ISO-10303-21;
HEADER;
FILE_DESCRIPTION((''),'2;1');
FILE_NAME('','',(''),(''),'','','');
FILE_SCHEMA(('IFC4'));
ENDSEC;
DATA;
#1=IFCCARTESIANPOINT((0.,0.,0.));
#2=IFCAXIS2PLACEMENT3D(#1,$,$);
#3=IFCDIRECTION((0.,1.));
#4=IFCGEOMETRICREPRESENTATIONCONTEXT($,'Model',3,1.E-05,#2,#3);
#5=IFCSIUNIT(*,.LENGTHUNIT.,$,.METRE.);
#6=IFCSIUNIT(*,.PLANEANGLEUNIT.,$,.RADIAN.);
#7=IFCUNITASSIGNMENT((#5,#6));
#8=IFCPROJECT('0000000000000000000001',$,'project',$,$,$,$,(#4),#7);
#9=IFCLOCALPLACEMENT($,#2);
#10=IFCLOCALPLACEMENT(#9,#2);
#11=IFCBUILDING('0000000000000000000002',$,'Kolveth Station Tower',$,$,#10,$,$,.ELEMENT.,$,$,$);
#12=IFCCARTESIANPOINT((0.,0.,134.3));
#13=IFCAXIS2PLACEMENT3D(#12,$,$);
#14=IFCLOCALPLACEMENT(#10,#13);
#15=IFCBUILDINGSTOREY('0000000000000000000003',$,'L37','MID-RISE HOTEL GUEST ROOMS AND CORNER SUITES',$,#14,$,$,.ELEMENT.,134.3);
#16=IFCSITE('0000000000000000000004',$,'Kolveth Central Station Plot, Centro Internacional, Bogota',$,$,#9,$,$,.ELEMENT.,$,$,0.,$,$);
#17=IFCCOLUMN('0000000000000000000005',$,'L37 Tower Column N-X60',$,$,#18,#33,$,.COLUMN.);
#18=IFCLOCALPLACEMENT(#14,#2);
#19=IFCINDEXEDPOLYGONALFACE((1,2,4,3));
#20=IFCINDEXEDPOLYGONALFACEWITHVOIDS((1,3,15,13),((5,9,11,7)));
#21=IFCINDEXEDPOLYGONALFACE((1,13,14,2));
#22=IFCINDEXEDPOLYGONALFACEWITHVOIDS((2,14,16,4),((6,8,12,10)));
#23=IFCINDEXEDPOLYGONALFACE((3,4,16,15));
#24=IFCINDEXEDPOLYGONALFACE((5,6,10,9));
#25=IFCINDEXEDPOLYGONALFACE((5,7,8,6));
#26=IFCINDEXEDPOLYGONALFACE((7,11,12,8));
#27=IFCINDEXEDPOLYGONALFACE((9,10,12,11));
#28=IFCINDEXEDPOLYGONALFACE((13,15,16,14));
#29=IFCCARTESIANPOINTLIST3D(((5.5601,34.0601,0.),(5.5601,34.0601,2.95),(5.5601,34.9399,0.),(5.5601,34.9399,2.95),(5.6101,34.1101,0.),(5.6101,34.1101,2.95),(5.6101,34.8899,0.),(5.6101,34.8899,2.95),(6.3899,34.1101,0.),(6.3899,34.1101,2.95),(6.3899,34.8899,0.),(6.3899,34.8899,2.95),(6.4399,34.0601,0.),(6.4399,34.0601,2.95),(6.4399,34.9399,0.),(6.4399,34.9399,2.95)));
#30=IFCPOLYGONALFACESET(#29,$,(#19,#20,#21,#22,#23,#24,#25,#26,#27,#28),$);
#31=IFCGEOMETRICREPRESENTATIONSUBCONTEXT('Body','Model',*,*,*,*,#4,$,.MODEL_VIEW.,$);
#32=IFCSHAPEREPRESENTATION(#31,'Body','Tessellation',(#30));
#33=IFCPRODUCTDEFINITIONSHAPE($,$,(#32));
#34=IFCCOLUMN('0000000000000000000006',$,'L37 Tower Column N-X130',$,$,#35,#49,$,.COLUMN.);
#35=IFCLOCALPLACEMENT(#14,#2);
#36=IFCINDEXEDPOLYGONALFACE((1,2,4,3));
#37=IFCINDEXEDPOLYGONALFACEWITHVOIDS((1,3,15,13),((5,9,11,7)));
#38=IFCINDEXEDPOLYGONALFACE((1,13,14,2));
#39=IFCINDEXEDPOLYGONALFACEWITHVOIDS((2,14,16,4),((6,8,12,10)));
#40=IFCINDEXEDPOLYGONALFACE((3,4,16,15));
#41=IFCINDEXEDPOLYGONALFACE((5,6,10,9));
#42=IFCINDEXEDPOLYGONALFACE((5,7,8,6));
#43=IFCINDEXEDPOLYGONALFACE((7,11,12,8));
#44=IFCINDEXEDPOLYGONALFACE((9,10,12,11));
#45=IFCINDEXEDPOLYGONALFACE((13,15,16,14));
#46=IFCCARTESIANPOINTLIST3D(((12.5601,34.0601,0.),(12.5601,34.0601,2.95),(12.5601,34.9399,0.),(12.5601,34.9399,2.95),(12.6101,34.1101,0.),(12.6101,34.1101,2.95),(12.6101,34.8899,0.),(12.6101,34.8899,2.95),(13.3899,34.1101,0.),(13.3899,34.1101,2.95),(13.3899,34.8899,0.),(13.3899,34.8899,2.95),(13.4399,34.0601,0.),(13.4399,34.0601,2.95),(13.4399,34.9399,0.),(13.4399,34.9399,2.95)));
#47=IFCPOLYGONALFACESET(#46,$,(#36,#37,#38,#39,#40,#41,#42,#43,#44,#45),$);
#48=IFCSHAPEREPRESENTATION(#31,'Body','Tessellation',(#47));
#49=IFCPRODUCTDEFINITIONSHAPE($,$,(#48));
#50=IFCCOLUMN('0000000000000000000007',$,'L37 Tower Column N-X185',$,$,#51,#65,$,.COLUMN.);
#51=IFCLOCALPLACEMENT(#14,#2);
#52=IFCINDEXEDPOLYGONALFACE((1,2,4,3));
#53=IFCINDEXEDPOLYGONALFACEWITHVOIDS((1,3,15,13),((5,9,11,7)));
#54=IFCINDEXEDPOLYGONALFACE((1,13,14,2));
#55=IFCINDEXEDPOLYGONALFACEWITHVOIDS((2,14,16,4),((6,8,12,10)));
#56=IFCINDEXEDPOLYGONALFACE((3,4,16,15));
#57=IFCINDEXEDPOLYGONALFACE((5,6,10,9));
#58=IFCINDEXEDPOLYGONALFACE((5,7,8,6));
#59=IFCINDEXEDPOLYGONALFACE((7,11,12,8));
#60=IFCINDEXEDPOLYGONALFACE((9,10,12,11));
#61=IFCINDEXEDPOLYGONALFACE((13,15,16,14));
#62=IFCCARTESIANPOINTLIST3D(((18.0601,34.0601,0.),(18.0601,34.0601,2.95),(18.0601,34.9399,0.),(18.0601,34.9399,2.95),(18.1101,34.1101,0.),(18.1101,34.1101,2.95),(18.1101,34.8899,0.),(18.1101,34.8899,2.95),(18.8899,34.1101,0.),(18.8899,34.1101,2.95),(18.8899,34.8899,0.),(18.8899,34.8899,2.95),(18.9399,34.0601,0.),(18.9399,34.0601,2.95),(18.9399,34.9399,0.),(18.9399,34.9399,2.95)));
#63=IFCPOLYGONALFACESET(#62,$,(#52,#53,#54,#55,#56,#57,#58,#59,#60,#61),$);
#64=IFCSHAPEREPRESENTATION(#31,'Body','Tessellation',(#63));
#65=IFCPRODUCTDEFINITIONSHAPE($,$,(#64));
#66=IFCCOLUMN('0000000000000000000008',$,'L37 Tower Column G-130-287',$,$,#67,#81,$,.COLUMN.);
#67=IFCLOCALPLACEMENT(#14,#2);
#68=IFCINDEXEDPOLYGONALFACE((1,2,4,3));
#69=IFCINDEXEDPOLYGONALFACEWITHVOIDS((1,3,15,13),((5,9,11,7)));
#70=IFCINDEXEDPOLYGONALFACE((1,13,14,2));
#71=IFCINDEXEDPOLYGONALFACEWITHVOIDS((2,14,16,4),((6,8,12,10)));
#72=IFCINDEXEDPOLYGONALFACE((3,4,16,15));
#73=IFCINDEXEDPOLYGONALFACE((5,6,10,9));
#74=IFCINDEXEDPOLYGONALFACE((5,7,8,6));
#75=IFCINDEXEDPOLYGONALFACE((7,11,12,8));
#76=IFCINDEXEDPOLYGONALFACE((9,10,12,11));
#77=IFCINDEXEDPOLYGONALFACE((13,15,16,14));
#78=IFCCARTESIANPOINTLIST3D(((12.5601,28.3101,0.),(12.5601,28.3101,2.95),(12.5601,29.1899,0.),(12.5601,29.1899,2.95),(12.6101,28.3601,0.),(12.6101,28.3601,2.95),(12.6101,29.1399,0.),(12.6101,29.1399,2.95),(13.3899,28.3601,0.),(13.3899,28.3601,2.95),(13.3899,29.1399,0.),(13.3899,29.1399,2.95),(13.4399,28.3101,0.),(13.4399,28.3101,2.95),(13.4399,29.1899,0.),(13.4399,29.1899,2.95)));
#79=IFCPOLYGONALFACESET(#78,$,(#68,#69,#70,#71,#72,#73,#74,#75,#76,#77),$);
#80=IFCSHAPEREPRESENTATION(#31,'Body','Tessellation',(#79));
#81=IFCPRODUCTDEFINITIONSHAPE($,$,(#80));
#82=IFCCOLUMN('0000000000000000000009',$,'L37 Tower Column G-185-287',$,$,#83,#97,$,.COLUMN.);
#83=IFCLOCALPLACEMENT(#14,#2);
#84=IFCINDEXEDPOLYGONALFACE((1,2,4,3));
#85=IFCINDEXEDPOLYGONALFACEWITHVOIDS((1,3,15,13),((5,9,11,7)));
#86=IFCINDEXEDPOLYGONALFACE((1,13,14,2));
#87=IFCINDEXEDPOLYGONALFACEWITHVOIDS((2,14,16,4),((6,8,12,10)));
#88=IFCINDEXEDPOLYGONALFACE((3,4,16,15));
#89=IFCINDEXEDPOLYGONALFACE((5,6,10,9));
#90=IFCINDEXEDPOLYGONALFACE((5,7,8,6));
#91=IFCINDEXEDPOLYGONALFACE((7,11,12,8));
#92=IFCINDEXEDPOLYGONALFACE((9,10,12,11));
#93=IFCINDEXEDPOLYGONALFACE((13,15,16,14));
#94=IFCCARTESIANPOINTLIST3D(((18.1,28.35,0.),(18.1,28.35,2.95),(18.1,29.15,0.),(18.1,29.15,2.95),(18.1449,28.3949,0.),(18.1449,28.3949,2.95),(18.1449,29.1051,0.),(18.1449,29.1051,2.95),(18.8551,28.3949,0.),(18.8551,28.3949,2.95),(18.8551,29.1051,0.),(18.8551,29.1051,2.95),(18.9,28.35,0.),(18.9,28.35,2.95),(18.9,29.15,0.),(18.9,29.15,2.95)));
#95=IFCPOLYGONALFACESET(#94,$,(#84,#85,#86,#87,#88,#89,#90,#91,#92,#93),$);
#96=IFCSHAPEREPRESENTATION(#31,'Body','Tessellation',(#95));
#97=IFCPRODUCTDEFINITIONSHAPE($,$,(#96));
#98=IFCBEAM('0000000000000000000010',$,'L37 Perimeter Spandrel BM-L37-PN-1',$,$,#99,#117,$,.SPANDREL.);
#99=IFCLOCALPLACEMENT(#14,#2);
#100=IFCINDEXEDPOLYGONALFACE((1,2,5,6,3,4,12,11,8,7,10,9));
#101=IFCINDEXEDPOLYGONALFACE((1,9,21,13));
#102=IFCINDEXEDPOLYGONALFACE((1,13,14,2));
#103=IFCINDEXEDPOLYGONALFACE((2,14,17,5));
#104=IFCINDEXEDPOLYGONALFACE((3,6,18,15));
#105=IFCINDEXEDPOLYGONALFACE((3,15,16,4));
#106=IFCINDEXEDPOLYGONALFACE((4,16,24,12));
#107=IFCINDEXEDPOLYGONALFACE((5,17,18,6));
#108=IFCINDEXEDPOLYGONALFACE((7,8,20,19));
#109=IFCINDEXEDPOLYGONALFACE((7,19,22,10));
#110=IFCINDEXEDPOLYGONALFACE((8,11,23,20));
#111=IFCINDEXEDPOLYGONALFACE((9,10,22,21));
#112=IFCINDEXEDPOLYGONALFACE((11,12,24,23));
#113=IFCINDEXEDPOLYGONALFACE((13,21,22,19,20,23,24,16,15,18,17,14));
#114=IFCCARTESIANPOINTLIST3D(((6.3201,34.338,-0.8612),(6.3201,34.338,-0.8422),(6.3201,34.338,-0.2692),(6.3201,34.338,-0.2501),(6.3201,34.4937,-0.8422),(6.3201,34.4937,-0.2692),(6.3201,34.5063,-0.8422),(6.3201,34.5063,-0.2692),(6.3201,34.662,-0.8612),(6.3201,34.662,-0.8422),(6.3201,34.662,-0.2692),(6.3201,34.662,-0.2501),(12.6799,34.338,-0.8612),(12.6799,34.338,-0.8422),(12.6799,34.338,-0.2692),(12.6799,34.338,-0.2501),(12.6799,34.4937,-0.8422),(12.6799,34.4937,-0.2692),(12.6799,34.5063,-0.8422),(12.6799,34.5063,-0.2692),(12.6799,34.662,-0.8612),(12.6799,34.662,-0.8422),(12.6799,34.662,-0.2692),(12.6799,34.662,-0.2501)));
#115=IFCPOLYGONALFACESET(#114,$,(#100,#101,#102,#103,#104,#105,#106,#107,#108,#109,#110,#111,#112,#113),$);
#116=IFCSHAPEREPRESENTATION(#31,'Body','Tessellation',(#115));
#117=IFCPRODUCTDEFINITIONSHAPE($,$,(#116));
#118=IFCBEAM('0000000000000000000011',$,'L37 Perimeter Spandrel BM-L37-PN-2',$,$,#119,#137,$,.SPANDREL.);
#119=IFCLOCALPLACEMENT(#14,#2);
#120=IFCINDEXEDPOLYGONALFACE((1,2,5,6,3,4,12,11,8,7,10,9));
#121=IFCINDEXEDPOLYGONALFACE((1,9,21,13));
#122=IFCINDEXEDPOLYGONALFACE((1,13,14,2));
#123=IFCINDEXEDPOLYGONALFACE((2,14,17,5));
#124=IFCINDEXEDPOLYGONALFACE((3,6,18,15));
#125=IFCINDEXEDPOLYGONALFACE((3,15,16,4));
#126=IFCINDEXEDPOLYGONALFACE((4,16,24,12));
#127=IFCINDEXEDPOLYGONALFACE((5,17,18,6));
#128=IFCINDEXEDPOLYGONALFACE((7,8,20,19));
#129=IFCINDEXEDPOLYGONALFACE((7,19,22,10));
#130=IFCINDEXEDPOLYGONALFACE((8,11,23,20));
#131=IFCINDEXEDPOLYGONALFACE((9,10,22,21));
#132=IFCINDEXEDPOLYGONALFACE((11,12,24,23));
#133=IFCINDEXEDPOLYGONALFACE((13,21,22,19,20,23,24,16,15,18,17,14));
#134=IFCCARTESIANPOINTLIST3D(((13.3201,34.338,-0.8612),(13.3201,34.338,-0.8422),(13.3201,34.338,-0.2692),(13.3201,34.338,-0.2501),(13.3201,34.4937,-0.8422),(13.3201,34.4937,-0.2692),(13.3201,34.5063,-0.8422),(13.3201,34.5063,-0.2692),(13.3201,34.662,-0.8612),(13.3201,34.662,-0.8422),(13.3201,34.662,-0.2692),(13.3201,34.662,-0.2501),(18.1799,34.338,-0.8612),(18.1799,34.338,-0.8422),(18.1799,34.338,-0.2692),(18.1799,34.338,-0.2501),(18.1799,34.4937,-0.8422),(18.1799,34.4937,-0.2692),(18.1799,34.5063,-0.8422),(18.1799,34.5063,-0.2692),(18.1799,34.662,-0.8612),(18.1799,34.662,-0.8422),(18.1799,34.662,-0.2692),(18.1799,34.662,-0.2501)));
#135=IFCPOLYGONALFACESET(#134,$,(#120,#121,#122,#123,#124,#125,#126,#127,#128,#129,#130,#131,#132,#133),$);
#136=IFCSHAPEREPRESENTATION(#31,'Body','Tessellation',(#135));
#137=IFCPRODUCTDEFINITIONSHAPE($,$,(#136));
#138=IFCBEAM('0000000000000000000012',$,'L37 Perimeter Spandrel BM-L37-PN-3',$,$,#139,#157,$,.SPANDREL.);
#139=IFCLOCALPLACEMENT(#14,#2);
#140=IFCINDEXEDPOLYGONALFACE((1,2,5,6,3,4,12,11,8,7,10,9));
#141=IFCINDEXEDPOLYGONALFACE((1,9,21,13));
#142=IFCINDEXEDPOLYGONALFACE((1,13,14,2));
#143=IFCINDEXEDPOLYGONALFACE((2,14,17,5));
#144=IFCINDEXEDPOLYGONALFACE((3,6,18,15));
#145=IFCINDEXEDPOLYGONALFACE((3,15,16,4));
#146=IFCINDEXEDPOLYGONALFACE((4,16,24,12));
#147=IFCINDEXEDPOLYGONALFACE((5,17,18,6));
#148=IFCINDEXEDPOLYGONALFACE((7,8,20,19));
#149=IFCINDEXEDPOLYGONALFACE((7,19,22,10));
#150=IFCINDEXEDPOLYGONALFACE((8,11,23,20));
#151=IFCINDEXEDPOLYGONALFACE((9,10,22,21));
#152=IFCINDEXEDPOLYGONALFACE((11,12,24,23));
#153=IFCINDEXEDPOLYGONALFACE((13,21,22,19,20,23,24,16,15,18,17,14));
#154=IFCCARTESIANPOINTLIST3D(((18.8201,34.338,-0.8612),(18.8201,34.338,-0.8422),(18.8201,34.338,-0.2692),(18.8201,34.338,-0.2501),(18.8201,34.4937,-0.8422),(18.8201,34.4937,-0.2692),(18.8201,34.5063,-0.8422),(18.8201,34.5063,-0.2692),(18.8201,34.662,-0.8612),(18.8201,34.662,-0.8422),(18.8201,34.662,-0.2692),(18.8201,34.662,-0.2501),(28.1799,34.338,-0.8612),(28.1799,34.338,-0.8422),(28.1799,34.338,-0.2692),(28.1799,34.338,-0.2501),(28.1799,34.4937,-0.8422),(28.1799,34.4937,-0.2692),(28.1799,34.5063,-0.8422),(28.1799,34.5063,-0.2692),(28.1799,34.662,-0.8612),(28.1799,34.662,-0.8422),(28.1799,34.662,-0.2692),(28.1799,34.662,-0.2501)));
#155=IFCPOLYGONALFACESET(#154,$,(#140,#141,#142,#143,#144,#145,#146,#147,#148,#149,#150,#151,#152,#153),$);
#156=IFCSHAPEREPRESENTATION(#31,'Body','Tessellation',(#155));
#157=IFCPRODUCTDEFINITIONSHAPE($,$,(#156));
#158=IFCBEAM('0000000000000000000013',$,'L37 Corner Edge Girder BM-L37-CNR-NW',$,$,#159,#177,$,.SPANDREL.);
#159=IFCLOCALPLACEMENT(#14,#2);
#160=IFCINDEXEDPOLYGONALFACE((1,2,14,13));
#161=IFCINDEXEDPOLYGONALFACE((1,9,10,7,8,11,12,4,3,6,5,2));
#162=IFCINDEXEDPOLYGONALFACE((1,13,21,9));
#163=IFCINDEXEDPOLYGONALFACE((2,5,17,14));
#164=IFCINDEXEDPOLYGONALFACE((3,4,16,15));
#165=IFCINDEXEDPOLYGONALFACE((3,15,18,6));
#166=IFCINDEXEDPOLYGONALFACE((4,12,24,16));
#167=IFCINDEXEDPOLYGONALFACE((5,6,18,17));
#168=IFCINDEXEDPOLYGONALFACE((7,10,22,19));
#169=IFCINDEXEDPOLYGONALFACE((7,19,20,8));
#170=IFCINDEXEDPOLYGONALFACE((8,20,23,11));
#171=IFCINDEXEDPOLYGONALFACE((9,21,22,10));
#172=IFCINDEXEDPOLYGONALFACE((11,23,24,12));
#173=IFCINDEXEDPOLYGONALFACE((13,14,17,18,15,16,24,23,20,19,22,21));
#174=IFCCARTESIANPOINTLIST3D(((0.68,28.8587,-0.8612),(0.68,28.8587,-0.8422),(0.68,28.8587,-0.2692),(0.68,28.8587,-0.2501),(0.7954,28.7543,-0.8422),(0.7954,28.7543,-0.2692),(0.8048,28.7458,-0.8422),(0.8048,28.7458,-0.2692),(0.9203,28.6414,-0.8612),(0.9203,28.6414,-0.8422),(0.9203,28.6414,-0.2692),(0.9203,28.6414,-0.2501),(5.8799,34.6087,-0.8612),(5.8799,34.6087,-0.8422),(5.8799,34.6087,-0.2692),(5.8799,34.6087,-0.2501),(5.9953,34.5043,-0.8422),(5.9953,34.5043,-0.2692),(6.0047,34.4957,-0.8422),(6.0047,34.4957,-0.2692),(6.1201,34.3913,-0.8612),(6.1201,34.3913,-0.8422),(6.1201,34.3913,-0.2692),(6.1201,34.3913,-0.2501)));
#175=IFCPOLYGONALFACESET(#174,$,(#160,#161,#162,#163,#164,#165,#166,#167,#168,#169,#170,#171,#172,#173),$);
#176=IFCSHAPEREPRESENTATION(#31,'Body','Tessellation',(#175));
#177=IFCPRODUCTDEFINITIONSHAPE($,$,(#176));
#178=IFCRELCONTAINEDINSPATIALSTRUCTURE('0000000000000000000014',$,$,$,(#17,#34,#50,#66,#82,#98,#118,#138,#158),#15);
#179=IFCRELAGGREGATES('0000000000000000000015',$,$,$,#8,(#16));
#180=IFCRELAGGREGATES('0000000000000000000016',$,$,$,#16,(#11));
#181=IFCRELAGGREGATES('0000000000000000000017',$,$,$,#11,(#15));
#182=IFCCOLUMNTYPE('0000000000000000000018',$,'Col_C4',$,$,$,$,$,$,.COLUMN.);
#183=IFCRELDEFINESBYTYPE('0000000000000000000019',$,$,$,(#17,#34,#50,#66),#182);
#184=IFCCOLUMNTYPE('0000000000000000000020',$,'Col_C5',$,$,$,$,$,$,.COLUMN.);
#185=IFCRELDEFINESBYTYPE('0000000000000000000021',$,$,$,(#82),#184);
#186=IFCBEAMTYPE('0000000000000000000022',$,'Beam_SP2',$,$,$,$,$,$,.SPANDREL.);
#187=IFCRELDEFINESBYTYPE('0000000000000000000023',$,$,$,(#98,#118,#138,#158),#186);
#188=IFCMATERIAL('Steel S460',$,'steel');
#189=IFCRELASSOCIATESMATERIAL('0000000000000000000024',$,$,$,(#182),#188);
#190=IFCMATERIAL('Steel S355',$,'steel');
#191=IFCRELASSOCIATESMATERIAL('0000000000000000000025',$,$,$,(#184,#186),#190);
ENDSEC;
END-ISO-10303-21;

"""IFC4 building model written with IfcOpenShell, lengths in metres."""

from ifc_helpers import new_model, si_unit, direction, frame, origin, origin_2d, place, context, subcontext, project, spatial, hollow_rectangle, i_section, extrude, source, transform, mapped, material, material_profile, profile_set, type_object, element, save


model = new_model("IFC4")

# Units and contexts
model_context = context("Model", 3, precision=1e-05, world=origin(), true_north=direction((0.0, 1.0)))
body_context = subcontext(model_context, "Body", "Model", "MODEL_VIEW")
ifc_project = project(units=[si_unit("LENGTHUNIT", "METRE"), si_unit("PLANEANGLEUNIT", "RADIAN")], contexts=[model_context])

# Site, building, storey
site_placement = place(None, origin())
site = spatial("IfcSite", under=ifc_project, at=site_placement, Name="Kolveth Central Station Plot, Centro Internacional, Bogota", CompositionType="ELEMENT", RefElevation=0.0)
building_placement = place(site_placement, origin())
building = spatial("IfcBuilding", under=site, at=building_placement, Name="Kolveth Station Tower", CompositionType="ELEMENT")
storey_placement = place(building_placement, frame((0.0, 0.0, 134.3)))
storey = spatial("IfcBuildingStorey", under=building, at=storey_placement, Name="L37", Description="MID-RISE HOTEL GUEST ROOMS AND CORNER SUITES", CompositionType="ELEMENT", Elevation=134.3)

# Columns
ifc_material_1 = material(Name="Steel S460", Category="steel")
ifc_material_profile_1 = material_profile(ifc_material_1, hollow_rectangle(XDim=0.8799, YDim=0.8799, WallThickness=0.05, at=origin_2d()), Name="BOX880x880x50")
ifc_profile_set_1 = profile_set([ifc_material_profile_1], Name="Steel S460")
column_type_1 = type_object("IfcColumnType", Name="Col_C4", PredefinedType="COLUMN", material=ifc_profile_set_1)
shared_shape_1 = source(origin(), body_context, "Body", "SweptSolid", [
    extrude(hollow_rectangle(XDim=0.8799, YDim=0.8799, WallThickness=0.05, at=origin_2d()), origin(), (0.0, 0.0, 1.0), 2.95),
])
for number, where, z_axis, x_axis, name in (
    (1, (6.0, 34.5, 0.0), (0.0, 0.0, 1.0), (1.0, 0.0, 0.0), "L37 Tower Column N-X60"),
    (2, (13.0, 34.5, 0.0), (0.0, 0.0, 1.0), (1.0, 0.0, 0.0), "L37 Tower Column N-X130"),
    (3, (18.5, 34.5, 0.0), (0.0, 0.0, 1.0), (1.0, 0.0, 0.0), "L37 Tower Column N-X185"),
    (4, (13.0, 28.75, 0.0), (0.0, 0.0, 1.0), (1.0, 0.0, 0.0), "L37 Tower Column G-130-287"),
):
    element("IfcColumn", number, at=place(storey_placement, frame(where, z_axis=z_axis, x_axis=x_axis)), inside=storey, type_object=column_type_1, Name=name, PredefinedType="COLUMN", context=body_context, shape_type="MappedRepresentation", body=[
        mapped(shared_shape_1, transform((0.0, 0.0, 0.0), x_axis=(1.0, 0.0, 0.0), y_axis=(0.0, 1.0, 0.0), z_axis=(0.0, 0.0, 1.0), scale=1.0)),
    ])
ifc_material_2 = material(Name="Steel S355", Category="steel")
ifc_material_profile_2 = material_profile(ifc_material_2, hollow_rectangle(XDim=0.8, YDim=0.8, WallThickness=0.0449, at=origin_2d()), Name="BOX800x800x45")
ifc_profile_set_2 = profile_set([ifc_material_profile_2], Name="Steel S355")
column_type_2 = type_object("IfcColumnType", Name="Col_C5", PredefinedType="COLUMN", material=ifc_profile_set_2)
shared_shape_2 = source(origin(), body_context, "Body", "SweptSolid", [
    extrude(hollow_rectangle(XDim=0.8, YDim=0.8, WallThickness=0.0449, at=origin_2d()), origin(), (0.0, 0.0, 1.0), 2.95),
])
column_placement = place(storey_placement, frame((18.5, 28.75, 0.0), z_axis=(0.0, 0.0, 1.0), x_axis=(1.0, 0.0, 0.0)))
element("IfcColumn", 5, at=column_placement, inside=storey, type_object=column_type_2, Name="L37 Tower Column G-185-287", PredefinedType="COLUMN", context=body_context, shape_type="MappedRepresentation", body=[
    mapped(shared_shape_2, transform((0.0, 0.0, 0.0), x_axis=(1.0, 0.0, 0.0), y_axis=(0.0, 1.0, 0.0), z_axis=(0.0, 0.0, 1.0), scale=1.0)),
])

# Beams
ifc_material_profile_3 = material_profile(ifc_material_2, i_section(OverallWidth=0.324, OverallDepth=0.6111, WebThickness=0.0127, FlangeThickness=0.019, at=origin_2d()), Name="W610x155")
ifc_profile_set_3 = profile_set([ifc_material_profile_3], Name="Steel S355")
beam_type_1 = type_object("IfcBeamType", Name="Beam_SP2", PredefinedType="SPANDREL", material=ifc_profile_set_3)
shared_shape_3 = source(origin(), body_context, "Body", "SweptSolid", [
    extrude(i_section(OverallWidth=0.324, OverallDepth=0.6111, WebThickness=0.0127, FlangeThickness=0.019, at=origin_2d()), origin(), (0.0, 0.0, 1.0), 6.3599),
])
beam_1_placement = place(storey_placement, frame((6.3201, 34.5, -0.5557), z_axis=(1.0, 0.0, 0.0), x_axis=(0.0, 1.0, 0.0)))
element("IfcBeam", 6, at=beam_1_placement, inside=storey, type_object=beam_type_1, Name="L37 Perimeter Spandrel BM-L37-PN-1", PredefinedType="SPANDREL", context=body_context, shape_type="MappedRepresentation", body=[
    mapped(shared_shape_3, transform((0.0, 0.0, 0.0), x_axis=(1.0, 0.0, 0.0), y_axis=(0.0, 1.0, 0.0), z_axis=(0.0, 0.0, 1.0), scale=1.0)),
])
shared_shape_4 = source(origin(), body_context, "Body", "SweptSolid", [
    extrude(i_section(OverallWidth=0.324, OverallDepth=0.6111, WebThickness=0.0127, FlangeThickness=0.019, at=origin_2d()), origin(), (0.0, 0.0, 1.0), 4.8599),
])
beam_2_placement = place(storey_placement, frame((13.3201, 34.5, -0.5557), z_axis=(1.0, 0.0, 0.0), x_axis=(0.0, 1.0, 0.0)))
element("IfcBeam", 7, at=beam_2_placement, inside=storey, type_object=beam_type_1, Name="L37 Perimeter Spandrel BM-L37-PN-2", PredefinedType="SPANDREL", context=body_context, shape_type="MappedRepresentation", body=[
    mapped(shared_shape_4, transform((0.0, 0.0, 0.0), x_axis=(1.0, 0.0, 0.0), y_axis=(0.0, 1.0, 0.0), z_axis=(0.0, 0.0, 1.0), scale=1.0)),
])
shared_shape_5 = source(origin(), body_context, "Body", "SweptSolid", [
    extrude(i_section(OverallWidth=0.324, OverallDepth=0.6111, WebThickness=0.0127, FlangeThickness=0.019, at=origin_2d()), origin(), (0.0, 0.0, 1.0), 9.3599),
])
beam_3_placement = place(storey_placement, frame((18.8201, 34.5, -0.5557), z_axis=(1.0, 0.0, 0.0), x_axis=(0.0, 1.0, 0.0)))
element("IfcBeam", 8, at=beam_3_placement, inside=storey, type_object=beam_type_1, Name="L37 Perimeter Spandrel BM-L37-PN-3", PredefinedType="SPANDREL", context=body_context, shape_type="MappedRepresentation", body=[
    mapped(shared_shape_5, transform((0.0, 0.0, 0.0), x_axis=(1.0, 0.0, 0.0), y_axis=(0.0, 1.0, 0.0), z_axis=(0.0, 0.0, 1.0), scale=1.0)),
])
shared_shape_6 = source(origin(), body_context, "Body", "SweptSolid", [
    extrude(i_section(OverallWidth=0.324, OverallDepth=0.6111, WebThickness=0.0127, FlangeThickness=0.019, at=origin_2d()), origin(), (0.0, 0.0, 1.0), 7.7524),
])
beam_4_placement = place(storey_placement, frame((6.0, 34.5, -0.5557), z_axis=(-0.670741, -0.741692, 0.0), x_axis=(0.741692, -0.670741, 0.0)))
element("IfcBeam", 9, at=beam_4_placement, inside=storey, type_object=beam_type_1, Name="L37 Corner Edge Girder BM-L37-CNR-NW", PredefinedType="SPANDREL", context=body_context, shape_type="MappedRepresentation", body=[
    mapped(shared_shape_6, transform((0.0, 0.0, 0.0), x_axis=(1.0, 0.0, 0.0), y_axis=(0.0, 1.0, 0.0), z_axis=(0.0, 0.0, 1.0), scale=1.0)),
])

save(model, "model.ifc")
